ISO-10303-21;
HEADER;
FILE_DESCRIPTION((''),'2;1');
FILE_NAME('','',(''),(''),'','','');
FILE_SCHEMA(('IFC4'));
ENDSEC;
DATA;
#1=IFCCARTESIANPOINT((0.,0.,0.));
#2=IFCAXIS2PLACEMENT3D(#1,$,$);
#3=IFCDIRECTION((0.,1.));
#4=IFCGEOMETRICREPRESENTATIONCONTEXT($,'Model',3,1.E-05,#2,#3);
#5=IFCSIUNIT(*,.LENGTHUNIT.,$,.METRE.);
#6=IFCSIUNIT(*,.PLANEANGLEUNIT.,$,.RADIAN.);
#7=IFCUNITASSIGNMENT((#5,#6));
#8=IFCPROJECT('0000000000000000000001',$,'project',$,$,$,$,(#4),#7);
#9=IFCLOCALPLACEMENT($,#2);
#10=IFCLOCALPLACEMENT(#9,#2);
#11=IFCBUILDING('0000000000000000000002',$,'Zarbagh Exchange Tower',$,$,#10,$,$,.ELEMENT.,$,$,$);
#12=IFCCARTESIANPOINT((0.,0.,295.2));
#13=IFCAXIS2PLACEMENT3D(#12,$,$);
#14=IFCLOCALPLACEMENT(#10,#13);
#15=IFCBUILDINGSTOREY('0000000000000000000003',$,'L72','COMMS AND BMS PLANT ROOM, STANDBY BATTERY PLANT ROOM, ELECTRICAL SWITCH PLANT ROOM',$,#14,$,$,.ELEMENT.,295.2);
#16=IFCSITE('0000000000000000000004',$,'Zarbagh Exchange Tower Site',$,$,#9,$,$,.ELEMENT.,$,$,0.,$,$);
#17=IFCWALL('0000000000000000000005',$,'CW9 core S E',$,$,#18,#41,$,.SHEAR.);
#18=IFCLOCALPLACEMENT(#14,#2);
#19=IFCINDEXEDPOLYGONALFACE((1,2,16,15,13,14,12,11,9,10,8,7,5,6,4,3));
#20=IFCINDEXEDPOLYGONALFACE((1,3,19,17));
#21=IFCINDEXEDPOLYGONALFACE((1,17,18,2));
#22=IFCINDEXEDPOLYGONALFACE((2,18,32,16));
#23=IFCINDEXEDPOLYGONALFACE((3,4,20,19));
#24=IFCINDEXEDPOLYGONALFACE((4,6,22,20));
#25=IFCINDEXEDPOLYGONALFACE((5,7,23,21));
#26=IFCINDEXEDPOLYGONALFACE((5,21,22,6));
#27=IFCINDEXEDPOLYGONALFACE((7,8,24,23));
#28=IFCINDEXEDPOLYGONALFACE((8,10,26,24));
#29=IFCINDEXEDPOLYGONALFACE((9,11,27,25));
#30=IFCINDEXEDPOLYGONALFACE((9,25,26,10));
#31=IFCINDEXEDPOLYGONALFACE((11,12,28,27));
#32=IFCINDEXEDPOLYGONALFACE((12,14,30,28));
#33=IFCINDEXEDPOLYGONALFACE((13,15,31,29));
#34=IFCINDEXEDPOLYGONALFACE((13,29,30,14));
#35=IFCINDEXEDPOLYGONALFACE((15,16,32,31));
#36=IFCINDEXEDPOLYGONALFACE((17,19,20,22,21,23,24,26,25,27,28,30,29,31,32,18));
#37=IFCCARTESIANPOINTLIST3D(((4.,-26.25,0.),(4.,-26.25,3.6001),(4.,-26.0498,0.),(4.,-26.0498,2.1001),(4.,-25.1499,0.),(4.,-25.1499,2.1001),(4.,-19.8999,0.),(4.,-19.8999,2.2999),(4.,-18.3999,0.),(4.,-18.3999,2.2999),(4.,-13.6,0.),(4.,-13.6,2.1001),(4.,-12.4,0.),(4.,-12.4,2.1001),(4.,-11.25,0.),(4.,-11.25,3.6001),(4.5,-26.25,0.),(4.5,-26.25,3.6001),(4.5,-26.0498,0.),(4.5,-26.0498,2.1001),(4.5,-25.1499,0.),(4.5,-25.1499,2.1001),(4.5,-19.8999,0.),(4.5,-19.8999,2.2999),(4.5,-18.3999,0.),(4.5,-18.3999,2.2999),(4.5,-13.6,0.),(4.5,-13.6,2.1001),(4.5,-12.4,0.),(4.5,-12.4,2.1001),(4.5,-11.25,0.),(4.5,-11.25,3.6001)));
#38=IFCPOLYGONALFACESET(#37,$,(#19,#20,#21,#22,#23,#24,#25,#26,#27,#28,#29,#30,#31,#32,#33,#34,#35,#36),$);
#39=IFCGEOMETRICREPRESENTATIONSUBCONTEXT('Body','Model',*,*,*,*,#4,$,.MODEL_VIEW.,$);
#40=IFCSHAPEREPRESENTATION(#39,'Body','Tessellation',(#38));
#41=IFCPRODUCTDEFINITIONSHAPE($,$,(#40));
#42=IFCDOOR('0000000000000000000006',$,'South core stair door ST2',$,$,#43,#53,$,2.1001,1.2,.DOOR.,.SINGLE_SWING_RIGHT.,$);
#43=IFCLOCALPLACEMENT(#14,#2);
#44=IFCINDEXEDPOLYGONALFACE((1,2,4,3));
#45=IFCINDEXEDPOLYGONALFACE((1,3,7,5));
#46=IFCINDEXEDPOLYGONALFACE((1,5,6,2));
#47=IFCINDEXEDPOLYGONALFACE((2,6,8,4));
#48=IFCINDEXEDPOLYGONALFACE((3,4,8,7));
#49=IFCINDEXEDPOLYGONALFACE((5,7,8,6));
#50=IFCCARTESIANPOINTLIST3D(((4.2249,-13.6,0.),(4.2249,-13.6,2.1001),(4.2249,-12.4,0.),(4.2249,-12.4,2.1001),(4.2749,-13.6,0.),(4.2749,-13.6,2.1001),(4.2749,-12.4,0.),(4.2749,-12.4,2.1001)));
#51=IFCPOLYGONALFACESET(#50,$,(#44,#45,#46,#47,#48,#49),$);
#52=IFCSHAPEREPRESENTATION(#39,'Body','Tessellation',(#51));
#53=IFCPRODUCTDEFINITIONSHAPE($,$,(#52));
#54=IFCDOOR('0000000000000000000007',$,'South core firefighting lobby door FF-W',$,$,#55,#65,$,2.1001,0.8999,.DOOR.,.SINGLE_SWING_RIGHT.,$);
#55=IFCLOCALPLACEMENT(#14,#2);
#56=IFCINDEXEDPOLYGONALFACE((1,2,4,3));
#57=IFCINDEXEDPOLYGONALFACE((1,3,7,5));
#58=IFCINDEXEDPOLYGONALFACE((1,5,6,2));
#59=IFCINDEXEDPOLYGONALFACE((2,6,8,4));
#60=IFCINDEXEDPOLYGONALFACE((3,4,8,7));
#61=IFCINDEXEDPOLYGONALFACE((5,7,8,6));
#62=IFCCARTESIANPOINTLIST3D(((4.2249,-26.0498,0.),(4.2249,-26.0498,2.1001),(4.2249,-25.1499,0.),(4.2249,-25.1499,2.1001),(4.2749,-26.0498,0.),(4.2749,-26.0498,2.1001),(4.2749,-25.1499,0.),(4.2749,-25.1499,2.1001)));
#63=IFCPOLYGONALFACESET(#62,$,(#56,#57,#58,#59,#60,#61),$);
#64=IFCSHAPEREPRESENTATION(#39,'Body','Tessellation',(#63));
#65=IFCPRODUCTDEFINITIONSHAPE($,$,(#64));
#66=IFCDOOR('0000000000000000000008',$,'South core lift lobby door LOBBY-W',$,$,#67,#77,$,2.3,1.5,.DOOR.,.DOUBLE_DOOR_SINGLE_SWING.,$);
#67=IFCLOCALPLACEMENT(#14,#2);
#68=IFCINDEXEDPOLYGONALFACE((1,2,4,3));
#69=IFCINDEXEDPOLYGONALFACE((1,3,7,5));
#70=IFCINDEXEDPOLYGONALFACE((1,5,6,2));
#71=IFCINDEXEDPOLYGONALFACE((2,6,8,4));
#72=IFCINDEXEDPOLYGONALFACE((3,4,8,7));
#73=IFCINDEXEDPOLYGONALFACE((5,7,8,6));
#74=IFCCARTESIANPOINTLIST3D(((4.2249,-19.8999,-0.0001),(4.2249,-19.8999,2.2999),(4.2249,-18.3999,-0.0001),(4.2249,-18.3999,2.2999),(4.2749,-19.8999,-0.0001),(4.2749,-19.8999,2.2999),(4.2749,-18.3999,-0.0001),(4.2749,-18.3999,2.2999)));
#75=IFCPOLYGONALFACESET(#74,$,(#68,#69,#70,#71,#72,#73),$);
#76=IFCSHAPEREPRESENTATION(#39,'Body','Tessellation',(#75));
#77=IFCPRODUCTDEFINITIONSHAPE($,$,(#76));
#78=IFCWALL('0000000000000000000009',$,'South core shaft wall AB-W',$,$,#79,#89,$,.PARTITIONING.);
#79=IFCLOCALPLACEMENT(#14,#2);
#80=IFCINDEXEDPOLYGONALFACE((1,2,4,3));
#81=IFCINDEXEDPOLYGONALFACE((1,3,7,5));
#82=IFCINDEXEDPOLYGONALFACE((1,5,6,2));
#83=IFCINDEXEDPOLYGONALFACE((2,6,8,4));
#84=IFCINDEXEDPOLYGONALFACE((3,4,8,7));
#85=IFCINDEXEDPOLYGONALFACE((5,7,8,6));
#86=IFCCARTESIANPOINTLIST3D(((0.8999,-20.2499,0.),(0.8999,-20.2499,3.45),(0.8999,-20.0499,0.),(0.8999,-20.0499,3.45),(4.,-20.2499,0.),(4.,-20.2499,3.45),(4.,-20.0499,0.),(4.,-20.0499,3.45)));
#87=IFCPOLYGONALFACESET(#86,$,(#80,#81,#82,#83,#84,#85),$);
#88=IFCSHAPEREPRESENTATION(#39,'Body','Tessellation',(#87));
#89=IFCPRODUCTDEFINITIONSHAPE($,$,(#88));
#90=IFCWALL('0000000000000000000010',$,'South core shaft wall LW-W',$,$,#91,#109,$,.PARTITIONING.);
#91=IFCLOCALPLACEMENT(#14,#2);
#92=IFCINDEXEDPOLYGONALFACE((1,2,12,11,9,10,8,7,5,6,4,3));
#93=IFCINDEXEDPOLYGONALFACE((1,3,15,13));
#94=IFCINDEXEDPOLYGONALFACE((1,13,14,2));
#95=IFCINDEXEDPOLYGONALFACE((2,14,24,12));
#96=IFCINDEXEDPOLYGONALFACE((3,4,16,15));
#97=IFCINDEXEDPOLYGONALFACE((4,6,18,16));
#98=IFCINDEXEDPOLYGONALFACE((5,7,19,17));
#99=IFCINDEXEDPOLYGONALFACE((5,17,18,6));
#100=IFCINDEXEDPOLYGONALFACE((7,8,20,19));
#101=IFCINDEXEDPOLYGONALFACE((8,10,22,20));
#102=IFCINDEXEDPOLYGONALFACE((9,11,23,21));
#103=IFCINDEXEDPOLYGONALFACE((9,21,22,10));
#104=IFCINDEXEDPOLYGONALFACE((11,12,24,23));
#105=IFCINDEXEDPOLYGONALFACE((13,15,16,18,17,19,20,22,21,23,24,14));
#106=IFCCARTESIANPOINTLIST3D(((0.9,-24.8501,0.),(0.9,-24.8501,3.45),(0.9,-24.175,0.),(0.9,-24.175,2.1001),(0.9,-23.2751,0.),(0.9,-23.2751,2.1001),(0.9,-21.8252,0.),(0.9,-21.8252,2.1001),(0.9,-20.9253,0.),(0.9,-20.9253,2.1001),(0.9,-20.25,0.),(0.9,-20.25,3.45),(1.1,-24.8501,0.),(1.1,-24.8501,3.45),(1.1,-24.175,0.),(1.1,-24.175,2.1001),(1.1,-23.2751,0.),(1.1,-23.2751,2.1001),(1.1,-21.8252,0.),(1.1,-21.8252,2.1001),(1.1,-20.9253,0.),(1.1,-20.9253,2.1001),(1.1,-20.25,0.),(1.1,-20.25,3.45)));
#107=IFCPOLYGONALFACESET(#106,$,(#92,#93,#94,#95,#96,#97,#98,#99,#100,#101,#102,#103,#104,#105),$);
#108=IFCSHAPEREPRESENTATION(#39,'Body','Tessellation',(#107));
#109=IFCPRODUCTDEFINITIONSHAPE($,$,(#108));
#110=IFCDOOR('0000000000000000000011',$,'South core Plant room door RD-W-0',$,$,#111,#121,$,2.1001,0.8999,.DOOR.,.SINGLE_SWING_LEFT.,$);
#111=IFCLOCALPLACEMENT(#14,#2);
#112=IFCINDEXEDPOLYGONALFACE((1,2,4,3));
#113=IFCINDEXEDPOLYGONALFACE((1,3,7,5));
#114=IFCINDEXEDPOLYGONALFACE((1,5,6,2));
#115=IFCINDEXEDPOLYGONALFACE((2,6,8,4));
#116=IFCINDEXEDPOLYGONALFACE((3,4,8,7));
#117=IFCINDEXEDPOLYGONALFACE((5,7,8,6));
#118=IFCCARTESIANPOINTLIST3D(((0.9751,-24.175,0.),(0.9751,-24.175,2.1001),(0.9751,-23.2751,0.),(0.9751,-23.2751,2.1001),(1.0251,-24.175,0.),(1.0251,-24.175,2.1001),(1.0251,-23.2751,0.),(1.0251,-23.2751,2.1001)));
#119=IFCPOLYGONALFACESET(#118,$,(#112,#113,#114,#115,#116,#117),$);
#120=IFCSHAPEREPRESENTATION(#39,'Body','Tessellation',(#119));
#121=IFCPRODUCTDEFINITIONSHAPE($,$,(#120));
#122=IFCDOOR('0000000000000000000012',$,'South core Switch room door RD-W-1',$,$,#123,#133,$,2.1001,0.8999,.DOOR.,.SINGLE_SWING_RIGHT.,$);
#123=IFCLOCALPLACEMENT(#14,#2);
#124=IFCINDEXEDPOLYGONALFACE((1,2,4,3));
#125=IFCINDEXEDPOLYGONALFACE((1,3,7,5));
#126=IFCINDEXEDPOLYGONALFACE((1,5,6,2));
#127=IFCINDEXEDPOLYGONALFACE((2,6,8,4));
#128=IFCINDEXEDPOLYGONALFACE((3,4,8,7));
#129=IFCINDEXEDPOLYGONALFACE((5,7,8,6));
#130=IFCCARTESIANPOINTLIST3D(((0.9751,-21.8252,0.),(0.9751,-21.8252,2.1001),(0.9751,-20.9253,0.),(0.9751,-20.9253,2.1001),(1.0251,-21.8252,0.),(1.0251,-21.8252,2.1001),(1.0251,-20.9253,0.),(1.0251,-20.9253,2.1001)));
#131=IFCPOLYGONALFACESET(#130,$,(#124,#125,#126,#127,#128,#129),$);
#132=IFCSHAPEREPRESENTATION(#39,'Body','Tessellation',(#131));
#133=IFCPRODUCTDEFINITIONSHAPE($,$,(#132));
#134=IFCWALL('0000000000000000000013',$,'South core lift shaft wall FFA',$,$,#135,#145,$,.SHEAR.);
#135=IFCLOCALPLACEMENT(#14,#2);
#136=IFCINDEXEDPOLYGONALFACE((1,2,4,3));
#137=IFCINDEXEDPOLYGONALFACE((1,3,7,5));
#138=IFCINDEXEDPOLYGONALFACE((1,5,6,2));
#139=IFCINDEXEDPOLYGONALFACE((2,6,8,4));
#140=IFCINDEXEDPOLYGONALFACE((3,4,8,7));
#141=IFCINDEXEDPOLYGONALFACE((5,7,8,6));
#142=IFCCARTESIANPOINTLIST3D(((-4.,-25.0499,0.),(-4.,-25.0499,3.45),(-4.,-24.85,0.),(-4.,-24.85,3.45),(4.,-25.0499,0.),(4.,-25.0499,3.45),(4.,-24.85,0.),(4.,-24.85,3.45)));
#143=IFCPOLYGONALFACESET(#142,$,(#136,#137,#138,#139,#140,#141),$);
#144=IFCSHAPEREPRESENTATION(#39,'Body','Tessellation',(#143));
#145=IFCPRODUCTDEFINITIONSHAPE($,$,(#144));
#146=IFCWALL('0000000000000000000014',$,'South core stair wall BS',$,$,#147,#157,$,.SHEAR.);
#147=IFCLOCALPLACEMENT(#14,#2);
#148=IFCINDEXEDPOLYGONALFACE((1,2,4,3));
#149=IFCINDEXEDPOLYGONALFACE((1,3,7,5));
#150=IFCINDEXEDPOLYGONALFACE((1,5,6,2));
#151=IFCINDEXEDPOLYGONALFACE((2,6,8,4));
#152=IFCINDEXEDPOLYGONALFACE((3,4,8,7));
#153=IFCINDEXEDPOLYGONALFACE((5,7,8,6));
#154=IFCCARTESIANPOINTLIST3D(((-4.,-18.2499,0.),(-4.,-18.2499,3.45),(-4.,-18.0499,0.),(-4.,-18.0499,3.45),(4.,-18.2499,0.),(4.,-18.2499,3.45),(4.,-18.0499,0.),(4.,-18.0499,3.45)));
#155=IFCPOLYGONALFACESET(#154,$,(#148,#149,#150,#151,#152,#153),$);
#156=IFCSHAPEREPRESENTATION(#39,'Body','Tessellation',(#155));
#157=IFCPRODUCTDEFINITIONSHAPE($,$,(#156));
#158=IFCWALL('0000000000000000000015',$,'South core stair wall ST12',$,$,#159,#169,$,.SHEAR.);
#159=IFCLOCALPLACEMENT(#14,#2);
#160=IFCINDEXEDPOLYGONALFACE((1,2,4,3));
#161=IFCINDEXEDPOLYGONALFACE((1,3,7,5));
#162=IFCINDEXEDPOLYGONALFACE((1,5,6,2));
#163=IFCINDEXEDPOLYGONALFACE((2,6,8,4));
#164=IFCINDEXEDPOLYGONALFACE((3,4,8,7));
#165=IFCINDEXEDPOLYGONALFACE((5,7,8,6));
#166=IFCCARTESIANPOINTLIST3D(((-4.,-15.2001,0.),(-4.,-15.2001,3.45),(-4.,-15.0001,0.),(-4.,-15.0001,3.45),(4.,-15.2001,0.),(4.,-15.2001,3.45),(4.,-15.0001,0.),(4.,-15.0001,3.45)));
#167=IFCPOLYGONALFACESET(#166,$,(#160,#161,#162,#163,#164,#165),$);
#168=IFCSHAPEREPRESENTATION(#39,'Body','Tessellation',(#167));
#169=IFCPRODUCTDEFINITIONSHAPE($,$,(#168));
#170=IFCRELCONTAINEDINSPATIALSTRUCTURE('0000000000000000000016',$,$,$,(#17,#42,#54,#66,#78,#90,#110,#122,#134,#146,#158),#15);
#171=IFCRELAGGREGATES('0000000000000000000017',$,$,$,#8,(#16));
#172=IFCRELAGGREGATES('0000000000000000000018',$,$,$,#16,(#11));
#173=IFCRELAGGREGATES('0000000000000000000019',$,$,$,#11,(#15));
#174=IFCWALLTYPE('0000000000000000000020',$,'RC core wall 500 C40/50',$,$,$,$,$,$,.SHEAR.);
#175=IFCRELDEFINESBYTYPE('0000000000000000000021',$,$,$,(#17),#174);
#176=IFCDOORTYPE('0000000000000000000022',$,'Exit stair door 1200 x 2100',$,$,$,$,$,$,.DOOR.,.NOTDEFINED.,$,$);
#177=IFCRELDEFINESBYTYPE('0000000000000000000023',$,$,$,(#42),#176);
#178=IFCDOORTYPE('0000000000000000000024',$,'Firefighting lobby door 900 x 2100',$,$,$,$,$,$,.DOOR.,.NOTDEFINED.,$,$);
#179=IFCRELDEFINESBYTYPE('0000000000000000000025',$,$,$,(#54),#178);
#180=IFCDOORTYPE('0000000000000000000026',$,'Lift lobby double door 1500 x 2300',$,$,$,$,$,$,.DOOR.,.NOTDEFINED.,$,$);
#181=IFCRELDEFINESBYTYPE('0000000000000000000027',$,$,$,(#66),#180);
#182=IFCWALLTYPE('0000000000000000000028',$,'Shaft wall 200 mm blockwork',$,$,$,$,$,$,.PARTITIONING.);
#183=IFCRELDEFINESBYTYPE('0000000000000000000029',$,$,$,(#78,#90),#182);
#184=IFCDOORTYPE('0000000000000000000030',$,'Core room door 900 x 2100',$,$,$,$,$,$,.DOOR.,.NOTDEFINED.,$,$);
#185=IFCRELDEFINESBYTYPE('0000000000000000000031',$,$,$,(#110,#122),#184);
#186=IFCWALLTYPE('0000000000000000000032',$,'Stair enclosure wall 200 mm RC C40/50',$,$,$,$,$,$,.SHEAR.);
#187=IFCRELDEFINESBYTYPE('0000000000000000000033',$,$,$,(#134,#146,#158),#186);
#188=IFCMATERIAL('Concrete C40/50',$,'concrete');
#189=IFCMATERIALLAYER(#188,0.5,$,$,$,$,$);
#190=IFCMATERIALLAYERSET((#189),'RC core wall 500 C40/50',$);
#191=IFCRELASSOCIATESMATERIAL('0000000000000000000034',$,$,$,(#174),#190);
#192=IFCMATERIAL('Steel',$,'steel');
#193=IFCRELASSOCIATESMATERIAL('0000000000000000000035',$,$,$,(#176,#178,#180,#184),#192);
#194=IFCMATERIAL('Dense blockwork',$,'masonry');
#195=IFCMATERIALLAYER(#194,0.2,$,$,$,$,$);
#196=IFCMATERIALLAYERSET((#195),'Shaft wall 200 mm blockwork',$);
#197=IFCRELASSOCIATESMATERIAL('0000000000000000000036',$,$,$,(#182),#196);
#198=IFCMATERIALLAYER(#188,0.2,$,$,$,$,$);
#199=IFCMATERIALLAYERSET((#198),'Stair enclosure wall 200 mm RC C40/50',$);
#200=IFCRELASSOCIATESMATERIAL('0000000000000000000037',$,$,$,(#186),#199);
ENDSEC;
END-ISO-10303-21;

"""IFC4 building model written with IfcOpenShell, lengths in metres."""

from ifc_helpers import new_model, si_unit, direction, frame, frame_2d, origin, place, context, subcontext, project, spatial, rectangle, extrude, material, layer, layer_set, type_object, element, fill, save


model = new_model("IFC4")

# Units and contexts
model_context = context("Model", 3, precision=1e-05, world=origin(), true_north=direction((0.0, 1.0)))
body_context = subcontext(model_context, "Body", "Model", "MODEL_VIEW")
ifc_project = project(units=[si_unit("LENGTHUNIT", "METRE"), si_unit("PLANEANGLEUNIT", "RADIAN")], contexts=[model_context])

# Site, building, storey
site_placement = place(None, origin())
site = spatial("IfcSite", under=ifc_project, at=site_placement, Name="Zarbagh Exchange Tower Site", CompositionType="ELEMENT", RefElevation=0.0)
building_placement = place(site_placement, origin())
building = spatial("IfcBuilding", under=site, at=building_placement, Name="Zarbagh Exchange Tower", CompositionType="ELEMENT")
storey_placement = place(building_placement, frame((0.0, 0.0, 295.2)))
storey = spatial("IfcBuildingStorey", under=building, at=storey_placement, Name="L72", Description="COMMS AND BMS PLANT ROOM, STANDBY BATTERY PLANT ROOM, ELECTRICAL SWITCH PLANT ROOM", CompositionType="ELEMENT", Elevation=295.2)

# Shared definitions
ifc_material_1 = material(Name="Concrete C40/50", Category="concrete")

# Shared definitions
ifc_material_2 = material(Name="Dense blockwork", Category="masonry")

# Wall, openings, doors
ifc_layer_1 = layer(ifc_material_1, 0.5)
ifc_layer_set_1 = layer_set([ifc_layer_1], Name="RC core wall 500 C40/50")
wall_type_1 = type_object("IfcWallType", Name="RC core wall 500 C40/50", PredefinedType="SHEAR", material=ifc_layer_set_1)
wall_1_placement = place(storey_placement, frame((4.25, -11.25, 0.0), z_axis=(0.0, 0.0, 1.0), x_axis=(0.0, -1.0, 0.0)))
wall_1 = element("IfcWall", 1, at=wall_1_placement, inside=storey, type_object=wall_type_1, Name="CW9 core S E", PredefinedType="SHEAR", context=body_context, shape_type="SweptSolid", body=[
    extrude(rectangle(XDim=15.0, YDim=0.5, at=frame_2d((7.5, 0.0))), origin(), (0.0, 0.0, 1.0), 3.6001),
])
opening_1_placement = place(wall_1_placement, frame((7.1499, 0.0, 0.0)))
opening_1 = element("IfcOpeningElement", 2, at=opening_1_placement, cuts=wall_1, PredefinedType="OPENING", context=body_context, shape_type="SweptSolid", body=[
    extrude(rectangle(XDim=1.5, YDim=2.3, at=frame_2d((0.75, 1.1499))), frame((0.0, 0.26, 0.0), z_axis=(0.0, -1.0, 0.0), x_axis=(1.0, 0.0, 0.0)), (0.0, 0.0, 1.0), 0.52),
])
opening_2_placement = place(wall_1_placement, frame((13.8999, 0.0, 0.0)))
opening_2 = element("IfcOpeningElement", 3, at=opening_2_placement, cuts=wall_1, PredefinedType="OPENING", context=body_context, shape_type="SweptSolid", body=[
    extrude(rectangle(XDim=0.8999, YDim=2.1001, at=frame_2d((0.45, 1.05))), frame((0.0, 0.26, 0.0), z_axis=(0.0, -1.0, 0.0), x_axis=(1.0, 0.0, 0.0)), (0.0, 0.0, 1.0), 0.52),
])
opening_3_placement = place(wall_1_placement, frame((1.1499, 0.0, 0.0)))
opening_3 = element("IfcOpeningElement", 4, at=opening_3_placement, cuts=wall_1, PredefinedType="OPENING", context=body_context, shape_type="SweptSolid", body=[
    extrude(rectangle(XDim=1.2, YDim=2.1001, at=frame_2d((0.6001, 1.05))), frame((0.0, 0.26, 0.0), z_axis=(0.0, -1.0, 0.0), x_axis=(1.0, 0.0, 0.0)), (0.0, 0.0, 1.0), 0.52),
])
ifc_material_3 = material(Name="Steel", Category="steel")
door_type_1 = type_object("IfcDoorType", Name="Exit stair door 1200 x 2100", OperationType="NOTDEFINED", PredefinedType="DOOR", material=ifc_material_3)
door_1_placement = place(opening_3_placement, origin())
door_1 = element("IfcDoor", 5, at=door_1_placement, inside=storey, type_object=door_type_1, Name="South core stair door ST2", OperationType="SINGLE_SWING_RIGHT", OverallHeight=2.1001, OverallWidth=1.2, PredefinedType="DOOR", context=body_context, shape_type="SweptSolid", body=[
    extrude(rectangle(XDim=1.2, YDim=2.1001, at=frame_2d((0.6001, 1.05))), frame((0.0, 0.0249, 0.0), z_axis=(0.0, -1.0, 0.0), x_axis=(1.0, 0.0, 0.0)), (0.0, 0.0, 1.0), 0.05),
])
fill(opening_3, door_1)
door_type_2 = type_object("IfcDoorType", Name="Firefighting lobby door 900 x 2100", OperationType="NOTDEFINED", PredefinedType="DOOR", material=ifc_material_3)
door_2_placement = place(opening_2_placement, origin())
door_2 = element("IfcDoor", 6, at=door_2_placement, inside=storey, type_object=door_type_2, Name="South core firefighting lobby door FF-W", OperationType="SINGLE_SWING_RIGHT", OverallHeight=2.1001, OverallWidth=0.8999, PredefinedType="DOOR", context=body_context, shape_type="SweptSolid", body=[
    extrude(rectangle(XDim=0.8999, YDim=2.1001, at=frame_2d((0.45, 1.05))), frame((0.0, 0.0249, 0.0), z_axis=(0.0, -1.0, 0.0), x_axis=(1.0, 0.0, 0.0)), (0.0, 0.0, 1.0), 0.05),
])
fill(opening_2, door_2)
door_type_3 = type_object("IfcDoorType", Name="Lift lobby double door 1500 x 2300", OperationType="NOTDEFINED", PredefinedType="DOOR", material=ifc_material_3)
door_3_placement = place(opening_1_placement, origin())
door_3 = element("IfcDoor", 7, at=door_3_placement, inside=storey, type_object=door_type_3, Name="South core lift lobby door LOBBY-W", OperationType="DOUBLE_DOOR_SINGLE_SWING", OverallHeight=2.3, OverallWidth=1.5, PredefinedType="DOOR", context=body_context, shape_type="SweptSolid", body=[
    extrude(rectangle(XDim=1.5, YDim=2.3, at=frame_2d((0.75, 1.1499))), frame((0.0, 0.0249, 0.0), z_axis=(0.0, -1.0, 0.0), x_axis=(1.0, 0.0, 0.0)), (0.0, 0.0, 1.0), 0.05),
])
fill(opening_1, door_3)

# Wall
ifc_layer_2 = layer(ifc_material_2, 0.2)
ifc_layer_set_2 = layer_set([ifc_layer_2], Name="Shaft wall 200 mm blockwork")
wall_type_2 = type_object("IfcWallType", Name="Shaft wall 200 mm blockwork", PredefinedType="PARTITIONING", material=ifc_layer_set_2)
wall_2_placement = place(storey_placement, frame((4.0, -20.1499, 0.0), z_axis=(0.0, 0.0, 1.0), x_axis=(-1.0, 0.0, 0.0)))
element("IfcWall", 8, at=wall_2_placement, inside=storey, type_object=wall_type_2, Name="South core shaft wall AB-W", PredefinedType="PARTITIONING", context=body_context, shape_type="SweptSolid", body=[
    extrude(rectangle(XDim=3.1001, YDim=0.2, at=frame_2d((1.55, 0.0))), origin(), (0.0, 0.0, 1.0), 3.45),
])

# Wall, openings, doors
wall_3_placement = place(storey_placement, frame((1.0, -24.8501, 0.0), z_axis=(0.0, 0.0, 1.0), x_axis=(0.0, 1.0, 0.0)))
wall_3 = element("IfcWall", 9, at=wall_3_placement, inside=storey, type_object=wall_type_2, Name="South core shaft wall LW-W", PredefinedType="PARTITIONING", context=body_context, shape_type="SweptSolid", body=[
    extrude(rectangle(XDim=4.6001, YDim=0.2, at=frame_2d((2.3, 0.0))), origin(), (0.0, 0.0, 1.0), 3.45),
])
opening_4_placement = place(wall_3_placement, frame((0.675, 0.0, 0.0)))
opening_4 = element("IfcOpeningElement", 10, at=opening_4_placement, cuts=wall_3, PredefinedType="OPENING", context=body_context, shape_type="SweptSolid", body=[
    extrude(rectangle(XDim=0.8999, YDim=2.1001, at=frame_2d((0.45, 1.05))), frame((0.0, 0.1099, 0.0), z_axis=(0.0, -1.0, 0.0), x_axis=(1.0, 0.0, 0.0)), (0.0, 0.0, 1.0), 0.22),
])
opening_5_placement = place(wall_3_placement, frame((3.0249, 0.0, 0.0)))
opening_5 = element("IfcOpeningElement", 11, at=opening_5_placement, cuts=wall_3, PredefinedType="OPENING", context=body_context, shape_type="SweptSolid", body=[
    extrude(rectangle(XDim=0.8999, YDim=2.1001, at=frame_2d((0.45, 1.05))), frame((0.0, 0.1099, 0.0), z_axis=(0.0, -1.0, 0.0), x_axis=(1.0, 0.0, 0.0)), (0.0, 0.0, 1.0), 0.22),
])
door_type_4 = type_object("IfcDoorType", Name="Core room door 900 x 2100", OperationType="NOTDEFINED", PredefinedType="DOOR", material=ifc_material_3)
door_4_placement = place(opening_4_placement, origin())
door_4 = element("IfcDoor", 12, at=door_4_placement, inside=storey, type_object=door_type_4, Name="South core Plant room door RD-W-0", OperationType="SINGLE_SWING_LEFT", OverallHeight=2.1001, OverallWidth=0.8999, PredefinedType="DOOR", context=body_context, shape_type="SweptSolid", body=[
    extrude(rectangle(XDim=0.8999, YDim=2.1001, at=frame_2d((0.45, 1.05))), frame((0.0, 0.0249, 0.0), z_axis=(0.0, -1.0, 0.0), x_axis=(1.0, 0.0, 0.0)), (0.0, 0.0, 1.0), 0.05),
])
fill(opening_4, door_4)
door_5_placement = place(opening_5_placement, origin())
door_5 = element("IfcDoor", 13, at=door_5_placement, inside=storey, type_object=door_type_4, Name="South core Switch room door RD-W-1", OperationType="SINGLE_SWING_RIGHT", OverallHeight=2.1001, OverallWidth=0.8999, PredefinedType="DOOR", context=body_context, shape_type="SweptSolid", body=[
    extrude(rectangle(XDim=0.8999, YDim=2.1001, at=frame_2d((0.45, 1.05))), frame((0.0, 0.0249, 0.0), z_axis=(0.0, -1.0, 0.0), x_axis=(1.0, 0.0, 0.0)), (0.0, 0.0, 1.0), 0.05),
])
fill(opening_5, door_5)

# Walls
ifc_layer_3 = layer(ifc_material_1, 0.2)
ifc_layer_set_3 = layer_set([ifc_layer_3], Name="Stair enclosure wall 200 mm RC C40/50")
wall_type_3 = type_object("IfcWallType", Name="Stair enclosure wall 200 mm RC C40/50", PredefinedType="SHEAR", material=ifc_layer_set_3)
for number, where, z_axis, x_axis, name in (
    (14, (4.0, -24.95, 0.0), (0.0, 0.0, 1.0), (-1.0, 0.0, 0.0), "South core lift shaft wall FFA"),
    (15, (4.0, -18.1499, 0.0), (0.0, 0.0, 1.0), (-1.0, 0.0, 0.0), "South core stair wall BS"),
    (16, (4.0, -15.1001, 0.0), (0.0, 0.0, 1.0), (-1.0, 0.0, 0.0), "South core stair wall ST12"),
):
    element("IfcWall", number, at=place(storey_placement, frame(where, z_axis=z_axis, x_axis=x_axis)), inside=storey, type_object=wall_type_3, Name=name, PredefinedType="SHEAR", context=body_context, shape_type="SweptSolid", body=[
        extrude(rectangle(XDim=8.0, YDim=0.2, at=frame_2d((4.0, 0.0))), origin(), (0.0, 0.0, 1.0), 3.45),
    ])

save(model, "model.ifc")
